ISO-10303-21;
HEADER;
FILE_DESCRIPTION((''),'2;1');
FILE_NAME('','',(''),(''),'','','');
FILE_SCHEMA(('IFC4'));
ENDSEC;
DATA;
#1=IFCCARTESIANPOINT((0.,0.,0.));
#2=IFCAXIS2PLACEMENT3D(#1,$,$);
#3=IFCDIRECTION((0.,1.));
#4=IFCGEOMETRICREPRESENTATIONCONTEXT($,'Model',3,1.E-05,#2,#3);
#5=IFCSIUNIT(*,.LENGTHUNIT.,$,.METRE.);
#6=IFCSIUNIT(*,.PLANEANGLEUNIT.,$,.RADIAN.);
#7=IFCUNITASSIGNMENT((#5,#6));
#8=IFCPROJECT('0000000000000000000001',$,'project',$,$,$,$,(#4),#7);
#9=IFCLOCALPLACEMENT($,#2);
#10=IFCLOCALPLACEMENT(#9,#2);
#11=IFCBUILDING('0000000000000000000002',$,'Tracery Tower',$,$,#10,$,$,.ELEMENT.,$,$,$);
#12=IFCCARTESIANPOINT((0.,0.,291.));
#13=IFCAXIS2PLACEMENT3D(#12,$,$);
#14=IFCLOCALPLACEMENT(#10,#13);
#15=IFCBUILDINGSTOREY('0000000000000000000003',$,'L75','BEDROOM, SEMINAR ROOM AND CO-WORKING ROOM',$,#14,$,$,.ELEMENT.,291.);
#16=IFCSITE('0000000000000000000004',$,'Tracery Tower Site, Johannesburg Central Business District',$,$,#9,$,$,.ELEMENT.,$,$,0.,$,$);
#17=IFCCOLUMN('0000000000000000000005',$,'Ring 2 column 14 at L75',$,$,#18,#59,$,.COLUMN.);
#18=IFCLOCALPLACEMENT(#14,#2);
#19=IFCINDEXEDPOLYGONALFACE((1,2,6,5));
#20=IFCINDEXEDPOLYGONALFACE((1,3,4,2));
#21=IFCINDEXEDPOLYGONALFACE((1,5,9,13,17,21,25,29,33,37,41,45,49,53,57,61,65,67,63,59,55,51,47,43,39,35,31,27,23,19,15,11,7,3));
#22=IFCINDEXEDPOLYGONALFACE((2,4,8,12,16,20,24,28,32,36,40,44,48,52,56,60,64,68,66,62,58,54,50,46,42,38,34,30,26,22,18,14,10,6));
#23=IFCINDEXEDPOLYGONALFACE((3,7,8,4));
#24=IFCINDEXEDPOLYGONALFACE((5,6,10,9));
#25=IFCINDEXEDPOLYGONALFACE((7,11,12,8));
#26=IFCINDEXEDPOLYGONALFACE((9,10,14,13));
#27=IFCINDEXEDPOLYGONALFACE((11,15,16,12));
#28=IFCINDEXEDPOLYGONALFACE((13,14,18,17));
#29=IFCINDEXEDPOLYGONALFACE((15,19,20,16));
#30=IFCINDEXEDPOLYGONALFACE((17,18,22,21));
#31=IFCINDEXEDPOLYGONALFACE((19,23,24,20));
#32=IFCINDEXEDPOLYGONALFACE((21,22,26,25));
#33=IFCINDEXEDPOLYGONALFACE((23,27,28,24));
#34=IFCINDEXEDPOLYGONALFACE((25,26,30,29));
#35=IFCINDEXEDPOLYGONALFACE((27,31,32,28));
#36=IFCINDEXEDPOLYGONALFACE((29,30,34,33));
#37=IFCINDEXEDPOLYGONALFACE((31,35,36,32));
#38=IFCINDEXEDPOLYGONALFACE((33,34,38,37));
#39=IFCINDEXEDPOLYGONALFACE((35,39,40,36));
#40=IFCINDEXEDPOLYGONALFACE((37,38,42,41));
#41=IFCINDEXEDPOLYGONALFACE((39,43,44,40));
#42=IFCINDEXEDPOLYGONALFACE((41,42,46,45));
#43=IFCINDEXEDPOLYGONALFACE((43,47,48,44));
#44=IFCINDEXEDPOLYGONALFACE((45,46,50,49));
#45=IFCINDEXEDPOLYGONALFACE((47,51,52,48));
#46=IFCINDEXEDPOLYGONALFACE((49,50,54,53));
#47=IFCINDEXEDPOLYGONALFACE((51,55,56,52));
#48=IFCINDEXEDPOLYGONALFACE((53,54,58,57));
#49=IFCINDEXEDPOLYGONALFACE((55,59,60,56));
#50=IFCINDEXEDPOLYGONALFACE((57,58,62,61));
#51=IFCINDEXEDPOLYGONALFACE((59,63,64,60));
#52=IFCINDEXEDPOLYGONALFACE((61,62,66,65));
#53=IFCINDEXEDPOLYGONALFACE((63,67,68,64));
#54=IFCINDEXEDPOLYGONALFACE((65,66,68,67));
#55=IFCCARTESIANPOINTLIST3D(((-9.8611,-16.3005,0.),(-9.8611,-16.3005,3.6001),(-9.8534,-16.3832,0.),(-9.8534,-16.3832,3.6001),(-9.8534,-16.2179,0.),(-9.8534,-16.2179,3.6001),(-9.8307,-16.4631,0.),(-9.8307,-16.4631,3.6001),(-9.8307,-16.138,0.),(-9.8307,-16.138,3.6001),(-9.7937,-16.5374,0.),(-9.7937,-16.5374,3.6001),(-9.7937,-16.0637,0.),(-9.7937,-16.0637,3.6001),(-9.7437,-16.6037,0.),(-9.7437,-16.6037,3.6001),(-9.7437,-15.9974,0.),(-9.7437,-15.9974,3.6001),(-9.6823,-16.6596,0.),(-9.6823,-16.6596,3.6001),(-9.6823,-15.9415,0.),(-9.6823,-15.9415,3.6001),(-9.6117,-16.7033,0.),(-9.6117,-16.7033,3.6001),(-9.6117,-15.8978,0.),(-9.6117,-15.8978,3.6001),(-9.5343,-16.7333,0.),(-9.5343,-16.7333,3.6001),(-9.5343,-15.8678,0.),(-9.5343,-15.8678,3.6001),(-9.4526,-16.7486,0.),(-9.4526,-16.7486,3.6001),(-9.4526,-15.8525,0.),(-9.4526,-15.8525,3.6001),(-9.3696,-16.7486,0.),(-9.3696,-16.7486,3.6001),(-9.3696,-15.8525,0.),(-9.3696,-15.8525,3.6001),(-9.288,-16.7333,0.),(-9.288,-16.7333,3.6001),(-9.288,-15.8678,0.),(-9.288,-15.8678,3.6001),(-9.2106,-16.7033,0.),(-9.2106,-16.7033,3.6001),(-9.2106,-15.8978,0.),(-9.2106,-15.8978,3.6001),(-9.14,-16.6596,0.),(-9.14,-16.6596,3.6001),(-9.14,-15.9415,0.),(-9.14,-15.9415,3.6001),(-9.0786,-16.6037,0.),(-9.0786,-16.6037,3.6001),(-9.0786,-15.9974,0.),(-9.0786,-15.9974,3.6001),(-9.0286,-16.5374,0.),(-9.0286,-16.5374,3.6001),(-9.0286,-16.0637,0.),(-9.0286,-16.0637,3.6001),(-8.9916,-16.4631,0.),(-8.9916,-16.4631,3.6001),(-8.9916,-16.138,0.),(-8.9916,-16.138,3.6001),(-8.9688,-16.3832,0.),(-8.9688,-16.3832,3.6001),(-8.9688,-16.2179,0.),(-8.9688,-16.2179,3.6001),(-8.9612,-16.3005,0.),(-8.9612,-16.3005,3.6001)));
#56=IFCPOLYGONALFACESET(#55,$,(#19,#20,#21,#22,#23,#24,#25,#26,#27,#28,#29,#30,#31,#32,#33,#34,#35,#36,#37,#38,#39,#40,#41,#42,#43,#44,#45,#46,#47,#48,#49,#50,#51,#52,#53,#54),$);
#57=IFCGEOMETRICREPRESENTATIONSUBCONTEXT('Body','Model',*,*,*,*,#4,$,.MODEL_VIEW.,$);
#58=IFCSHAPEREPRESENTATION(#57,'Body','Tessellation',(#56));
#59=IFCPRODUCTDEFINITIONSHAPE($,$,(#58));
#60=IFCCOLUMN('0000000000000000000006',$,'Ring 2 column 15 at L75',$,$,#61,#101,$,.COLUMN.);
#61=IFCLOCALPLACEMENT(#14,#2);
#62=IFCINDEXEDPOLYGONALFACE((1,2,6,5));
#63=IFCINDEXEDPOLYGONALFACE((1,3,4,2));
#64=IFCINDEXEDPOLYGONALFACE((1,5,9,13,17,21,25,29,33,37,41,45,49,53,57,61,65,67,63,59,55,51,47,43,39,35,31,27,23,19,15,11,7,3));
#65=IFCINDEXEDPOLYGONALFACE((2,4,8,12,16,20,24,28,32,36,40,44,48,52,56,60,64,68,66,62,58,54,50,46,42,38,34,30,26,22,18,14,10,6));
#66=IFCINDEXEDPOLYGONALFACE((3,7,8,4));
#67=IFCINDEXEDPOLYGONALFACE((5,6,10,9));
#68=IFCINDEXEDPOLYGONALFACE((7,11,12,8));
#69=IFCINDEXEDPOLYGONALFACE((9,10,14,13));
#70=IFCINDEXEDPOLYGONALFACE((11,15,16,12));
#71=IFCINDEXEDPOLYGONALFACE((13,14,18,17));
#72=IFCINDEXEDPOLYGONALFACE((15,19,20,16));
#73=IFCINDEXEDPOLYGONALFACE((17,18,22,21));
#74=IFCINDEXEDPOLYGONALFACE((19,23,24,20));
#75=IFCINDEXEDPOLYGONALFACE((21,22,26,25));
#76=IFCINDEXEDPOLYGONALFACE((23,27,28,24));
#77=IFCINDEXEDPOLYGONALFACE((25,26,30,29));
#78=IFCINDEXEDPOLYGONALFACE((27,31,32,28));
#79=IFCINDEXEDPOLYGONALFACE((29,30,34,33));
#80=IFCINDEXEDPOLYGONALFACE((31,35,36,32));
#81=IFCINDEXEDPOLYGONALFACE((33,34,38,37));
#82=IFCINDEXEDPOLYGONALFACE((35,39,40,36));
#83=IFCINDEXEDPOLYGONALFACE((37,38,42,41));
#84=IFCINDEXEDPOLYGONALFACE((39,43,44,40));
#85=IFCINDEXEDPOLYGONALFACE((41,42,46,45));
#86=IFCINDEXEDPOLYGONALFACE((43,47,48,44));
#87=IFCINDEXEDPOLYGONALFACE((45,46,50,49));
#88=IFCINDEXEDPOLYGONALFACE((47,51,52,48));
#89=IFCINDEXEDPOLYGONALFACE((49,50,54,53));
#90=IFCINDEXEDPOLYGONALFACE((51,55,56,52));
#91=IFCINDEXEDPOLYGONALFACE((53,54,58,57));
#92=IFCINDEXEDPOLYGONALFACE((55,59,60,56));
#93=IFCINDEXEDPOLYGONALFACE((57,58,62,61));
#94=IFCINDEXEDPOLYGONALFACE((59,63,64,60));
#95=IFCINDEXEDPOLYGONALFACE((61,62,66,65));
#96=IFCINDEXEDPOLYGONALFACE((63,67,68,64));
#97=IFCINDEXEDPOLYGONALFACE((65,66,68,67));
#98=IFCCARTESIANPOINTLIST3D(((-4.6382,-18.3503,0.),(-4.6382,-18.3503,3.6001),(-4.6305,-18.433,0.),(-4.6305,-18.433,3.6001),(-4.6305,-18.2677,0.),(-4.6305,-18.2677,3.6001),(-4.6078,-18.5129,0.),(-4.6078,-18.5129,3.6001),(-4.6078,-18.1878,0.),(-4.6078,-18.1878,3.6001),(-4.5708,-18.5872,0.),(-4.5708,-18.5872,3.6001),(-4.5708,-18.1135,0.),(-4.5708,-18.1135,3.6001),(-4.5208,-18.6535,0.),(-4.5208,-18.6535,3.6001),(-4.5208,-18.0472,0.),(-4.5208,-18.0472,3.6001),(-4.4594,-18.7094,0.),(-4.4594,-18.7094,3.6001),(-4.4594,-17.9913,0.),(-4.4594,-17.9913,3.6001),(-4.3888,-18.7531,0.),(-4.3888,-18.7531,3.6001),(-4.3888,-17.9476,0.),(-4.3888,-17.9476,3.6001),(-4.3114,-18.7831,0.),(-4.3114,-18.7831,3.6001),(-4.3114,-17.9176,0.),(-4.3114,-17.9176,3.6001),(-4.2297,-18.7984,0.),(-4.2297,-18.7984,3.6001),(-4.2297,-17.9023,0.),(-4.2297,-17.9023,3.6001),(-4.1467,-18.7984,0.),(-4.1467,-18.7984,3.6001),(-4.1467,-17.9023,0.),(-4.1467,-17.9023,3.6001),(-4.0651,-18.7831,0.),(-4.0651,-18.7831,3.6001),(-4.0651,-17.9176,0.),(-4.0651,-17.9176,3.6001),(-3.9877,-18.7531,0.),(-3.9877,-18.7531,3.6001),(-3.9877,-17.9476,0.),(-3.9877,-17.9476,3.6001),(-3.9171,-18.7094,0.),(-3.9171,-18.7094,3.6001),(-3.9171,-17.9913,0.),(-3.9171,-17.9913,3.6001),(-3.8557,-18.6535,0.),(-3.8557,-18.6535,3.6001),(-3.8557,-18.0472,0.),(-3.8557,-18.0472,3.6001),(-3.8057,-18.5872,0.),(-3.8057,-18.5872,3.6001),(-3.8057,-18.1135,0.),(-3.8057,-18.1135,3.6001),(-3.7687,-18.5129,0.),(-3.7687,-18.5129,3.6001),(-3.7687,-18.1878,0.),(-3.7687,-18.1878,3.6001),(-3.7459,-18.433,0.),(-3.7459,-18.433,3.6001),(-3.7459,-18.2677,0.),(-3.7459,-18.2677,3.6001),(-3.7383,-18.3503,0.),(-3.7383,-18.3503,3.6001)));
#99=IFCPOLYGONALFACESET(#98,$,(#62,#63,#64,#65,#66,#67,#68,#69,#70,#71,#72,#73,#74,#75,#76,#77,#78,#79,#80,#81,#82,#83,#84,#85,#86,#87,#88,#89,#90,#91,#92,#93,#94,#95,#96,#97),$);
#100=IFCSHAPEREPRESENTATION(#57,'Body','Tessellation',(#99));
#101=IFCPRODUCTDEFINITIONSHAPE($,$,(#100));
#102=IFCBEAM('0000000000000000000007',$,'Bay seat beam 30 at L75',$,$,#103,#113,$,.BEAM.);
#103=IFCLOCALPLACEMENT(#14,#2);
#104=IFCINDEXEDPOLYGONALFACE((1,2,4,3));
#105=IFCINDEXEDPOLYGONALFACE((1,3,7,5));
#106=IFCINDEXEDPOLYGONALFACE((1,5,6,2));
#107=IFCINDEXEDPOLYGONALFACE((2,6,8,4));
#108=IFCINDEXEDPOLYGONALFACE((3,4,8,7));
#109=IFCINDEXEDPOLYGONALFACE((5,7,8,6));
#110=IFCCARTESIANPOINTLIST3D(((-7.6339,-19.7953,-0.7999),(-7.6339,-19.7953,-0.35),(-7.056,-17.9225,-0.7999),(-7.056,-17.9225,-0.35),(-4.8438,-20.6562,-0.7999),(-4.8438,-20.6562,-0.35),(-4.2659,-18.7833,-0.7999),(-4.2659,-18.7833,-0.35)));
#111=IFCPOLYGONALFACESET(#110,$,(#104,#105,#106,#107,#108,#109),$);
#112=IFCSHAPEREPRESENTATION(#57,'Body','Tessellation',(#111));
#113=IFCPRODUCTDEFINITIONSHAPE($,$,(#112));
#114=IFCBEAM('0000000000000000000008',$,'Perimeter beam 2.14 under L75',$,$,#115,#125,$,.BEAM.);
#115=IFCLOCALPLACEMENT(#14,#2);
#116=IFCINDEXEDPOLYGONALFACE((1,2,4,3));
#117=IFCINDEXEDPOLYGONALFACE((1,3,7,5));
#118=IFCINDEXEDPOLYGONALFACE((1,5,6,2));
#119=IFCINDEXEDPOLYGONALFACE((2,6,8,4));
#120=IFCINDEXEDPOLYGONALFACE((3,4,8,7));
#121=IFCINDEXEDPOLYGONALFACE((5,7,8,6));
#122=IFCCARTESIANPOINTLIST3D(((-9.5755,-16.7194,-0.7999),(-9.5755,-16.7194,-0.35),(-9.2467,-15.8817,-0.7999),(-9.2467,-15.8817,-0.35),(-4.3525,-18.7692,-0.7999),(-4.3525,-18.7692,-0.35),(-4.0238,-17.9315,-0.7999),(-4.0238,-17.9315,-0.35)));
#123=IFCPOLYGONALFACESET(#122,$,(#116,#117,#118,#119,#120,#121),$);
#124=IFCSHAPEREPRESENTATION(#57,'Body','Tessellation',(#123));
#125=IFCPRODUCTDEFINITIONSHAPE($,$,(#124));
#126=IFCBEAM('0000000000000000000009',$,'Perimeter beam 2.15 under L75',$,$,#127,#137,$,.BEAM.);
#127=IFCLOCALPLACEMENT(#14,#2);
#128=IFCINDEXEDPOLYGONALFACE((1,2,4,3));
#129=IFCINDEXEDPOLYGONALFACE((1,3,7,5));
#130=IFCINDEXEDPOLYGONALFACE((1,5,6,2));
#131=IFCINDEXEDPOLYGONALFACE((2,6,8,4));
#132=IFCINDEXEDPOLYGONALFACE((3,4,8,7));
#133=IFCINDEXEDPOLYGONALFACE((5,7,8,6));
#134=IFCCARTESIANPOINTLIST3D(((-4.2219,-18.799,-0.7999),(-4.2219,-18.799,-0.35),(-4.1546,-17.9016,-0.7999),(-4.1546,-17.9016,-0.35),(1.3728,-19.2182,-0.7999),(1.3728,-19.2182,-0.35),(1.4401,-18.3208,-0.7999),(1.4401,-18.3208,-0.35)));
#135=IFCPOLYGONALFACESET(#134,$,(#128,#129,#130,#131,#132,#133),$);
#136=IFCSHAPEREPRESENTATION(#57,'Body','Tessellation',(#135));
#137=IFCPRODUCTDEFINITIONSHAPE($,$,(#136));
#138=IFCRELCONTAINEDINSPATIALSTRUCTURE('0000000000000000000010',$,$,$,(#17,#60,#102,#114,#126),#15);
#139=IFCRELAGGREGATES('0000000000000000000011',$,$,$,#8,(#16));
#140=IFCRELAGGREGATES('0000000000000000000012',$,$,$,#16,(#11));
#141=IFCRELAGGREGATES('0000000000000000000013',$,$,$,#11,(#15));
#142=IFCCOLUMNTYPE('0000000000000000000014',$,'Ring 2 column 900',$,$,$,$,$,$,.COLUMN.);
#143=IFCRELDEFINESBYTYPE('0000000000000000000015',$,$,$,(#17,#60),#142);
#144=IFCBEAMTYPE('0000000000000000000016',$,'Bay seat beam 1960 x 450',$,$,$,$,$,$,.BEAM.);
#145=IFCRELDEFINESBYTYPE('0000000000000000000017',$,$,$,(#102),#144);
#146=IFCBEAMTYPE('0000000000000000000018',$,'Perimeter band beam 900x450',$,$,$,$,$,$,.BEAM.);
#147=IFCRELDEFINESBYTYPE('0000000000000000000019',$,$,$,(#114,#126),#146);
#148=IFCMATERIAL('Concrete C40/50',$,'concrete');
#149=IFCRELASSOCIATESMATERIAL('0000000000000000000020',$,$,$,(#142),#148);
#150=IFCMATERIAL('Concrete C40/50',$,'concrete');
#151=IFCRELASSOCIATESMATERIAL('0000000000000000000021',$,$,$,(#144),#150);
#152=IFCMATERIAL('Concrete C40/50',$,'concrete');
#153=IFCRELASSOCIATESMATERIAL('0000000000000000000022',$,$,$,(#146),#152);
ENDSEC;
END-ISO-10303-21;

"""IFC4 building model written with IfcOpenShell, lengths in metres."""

from ifc_helpers import new_model, si_unit, direction, frame, origin, origin_2d, place, context, subcontext, project, spatial, rectangle, circle, extrude, material, material_profile, profile_set, type_object, element, save


model = new_model("IFC4")

# Units and contexts
model_context = context("Model", 3, precision=1e-05, world=origin(), true_north=direction((0.0, 1.0)))
body_context = subcontext(model_context, "Body", "Model", "MODEL_VIEW")
ifc_project = project(units=[si_unit("LENGTHUNIT", "METRE"), si_unit("PLANEANGLEUNIT", "RADIAN")], contexts=[model_context])

# Site, building, storey
site_placement = place(None, origin())
site = spatial("IfcSite", under=ifc_project, at=site_placement, Name="Tracery Tower Site, Johannesburg Central Business District", CompositionType="ELEMENT", RefElevation=0.0)
building_placement = place(site_placement, origin())
building = spatial("IfcBuilding", under=site, at=building_placement, Name="Tracery Tower", CompositionType="ELEMENT")
storey_placement = place(building_placement, frame((0.0, 0.0, 291.0)))
storey = spatial("IfcBuildingStorey", under=building, at=storey_placement, Name="L75", Description="BEDROOM, SEMINAR ROOM AND CO-WORKING ROOM", CompositionType="ELEMENT", Elevation=291.0)

# Columns
ifc_material_1 = material(Name="Concrete C40/50", Category="concrete")
ifc_material_profile_1 = material_profile(ifc_material_1, circle(Radius=0.45, at=origin_2d()), Name="RC D900")
ifc_profile_set_1 = profile_set([ifc_material_profile_1], Name="Concrete C40/50")
column_type = type_object("IfcColumnType", Name="Ring 2 column 900", PredefinedType="COLUMN", material=ifc_profile_set_1)
for number, where, z_axis, x_axis, name in (
    (1, (-9.4111, -16.3005, 0.0), (0.0, 0.0, 1.0), (1.0, 0.0, 0.0), "Ring 2 column 14 at L75"),
    (2, (-4.1882, -18.3503, 0.0), (0.0, 0.0, 1.0), (1.0, 0.0, 0.0), "Ring 2 column 15 at L75"),
):
    element("IfcColumn", number, at=place(storey_placement, frame(where, z_axis=z_axis, x_axis=x_axis)), inside=storey, type_object=column_type, Name=name, PredefinedType="COLUMN", context=body_context, shape_type="SweptSolid", body=[
        extrude(circle(Radius=0.45, at=origin_2d()), origin(), (0.0, 0.0, 1.0), 3.6001),
    ])

# Beams
ifc_material_2 = material(Name="Concrete C40/50", Category="concrete")
ifc_material_profile_2 = material_profile(ifc_material_2, rectangle(XDim=1.96, YDim=0.45, at=origin_2d()), Name="RC 1960x450")
ifc_profile_set_2 = profile_set([ifc_material_profile_2], Name="Concrete C40/50")
beam_type_1 = type_object("IfcBeamType", Name="Bay seat beam 1960 x 450", PredefinedType="BEAM", material=ifc_profile_set_2)
beam_1_placement = place(storey_placement, frame((-7.345, -18.8589, -0.575), z_axis=(0.955551, -0.294826, 0.0), x_axis=(0.294826, 0.955551, 0.0)))
element("IfcBeam", 3, at=beam_1_placement, inside=storey, type_object=beam_type_1, Name="Bay seat beam 30 at L75", PredefinedType="BEAM", context=body_context, shape_type="SweptSolid", body=[
    extrude(rectangle(XDim=1.96, YDim=0.45, at=origin_2d()), origin(), (0.0, 0.0, 1.0), 2.9199),
])
ifc_material_3 = material(Name="Concrete C40/50", Category="concrete")
ifc_material_profile_3 = material_profile(ifc_material_3, rectangle(XDim=0.8999, YDim=0.45, at=origin_2d()), Name="RC 900x450")
ifc_profile_set_3 = profile_set([ifc_material_profile_3], Name="Concrete C40/50")
beam_type_2 = type_object("IfcBeamType", Name="Perimeter band beam 900x450", PredefinedType="BEAM", material=ifc_profile_set_3)
beam_2_placement = place(storey_placement, frame((-9.4111, -16.3005, -0.575), z_axis=(0.930876, -0.365336, 0.0), x_axis=(0.365336, 0.930876, 0.0)))
element("IfcBeam", 4, at=beam_2_placement, inside=storey, type_object=beam_type_2, Name="Perimeter beam 2.14 under L75", PredefinedType="BEAM", context=body_context, shape_type="SweptSolid", body=[
    extrude(rectangle(XDim=0.8999, YDim=0.45, at=origin_2d()), origin(), (0.0, 0.0, 1.0), 5.6108),
])
beam_3_placement = place(storey_placement, frame((-4.1882, -18.3503, -0.575), z_axis=(0.997205, -0.074716, 0.0), x_axis=(0.074716, 0.997205, 0.0)))
element("IfcBeam", 5, at=beam_3_placement, inside=storey, type_object=beam_type_2, Name="Perimeter beam 2.15 under L75", PredefinedType="BEAM", context=body_context, shape_type="SweptSolid", body=[
    extrude(rectangle(XDim=0.8999, YDim=0.45, at=origin_2d()), origin(), (0.0, 0.0, 1.0), 5.6104),
])

save(model, "model.ifc")
